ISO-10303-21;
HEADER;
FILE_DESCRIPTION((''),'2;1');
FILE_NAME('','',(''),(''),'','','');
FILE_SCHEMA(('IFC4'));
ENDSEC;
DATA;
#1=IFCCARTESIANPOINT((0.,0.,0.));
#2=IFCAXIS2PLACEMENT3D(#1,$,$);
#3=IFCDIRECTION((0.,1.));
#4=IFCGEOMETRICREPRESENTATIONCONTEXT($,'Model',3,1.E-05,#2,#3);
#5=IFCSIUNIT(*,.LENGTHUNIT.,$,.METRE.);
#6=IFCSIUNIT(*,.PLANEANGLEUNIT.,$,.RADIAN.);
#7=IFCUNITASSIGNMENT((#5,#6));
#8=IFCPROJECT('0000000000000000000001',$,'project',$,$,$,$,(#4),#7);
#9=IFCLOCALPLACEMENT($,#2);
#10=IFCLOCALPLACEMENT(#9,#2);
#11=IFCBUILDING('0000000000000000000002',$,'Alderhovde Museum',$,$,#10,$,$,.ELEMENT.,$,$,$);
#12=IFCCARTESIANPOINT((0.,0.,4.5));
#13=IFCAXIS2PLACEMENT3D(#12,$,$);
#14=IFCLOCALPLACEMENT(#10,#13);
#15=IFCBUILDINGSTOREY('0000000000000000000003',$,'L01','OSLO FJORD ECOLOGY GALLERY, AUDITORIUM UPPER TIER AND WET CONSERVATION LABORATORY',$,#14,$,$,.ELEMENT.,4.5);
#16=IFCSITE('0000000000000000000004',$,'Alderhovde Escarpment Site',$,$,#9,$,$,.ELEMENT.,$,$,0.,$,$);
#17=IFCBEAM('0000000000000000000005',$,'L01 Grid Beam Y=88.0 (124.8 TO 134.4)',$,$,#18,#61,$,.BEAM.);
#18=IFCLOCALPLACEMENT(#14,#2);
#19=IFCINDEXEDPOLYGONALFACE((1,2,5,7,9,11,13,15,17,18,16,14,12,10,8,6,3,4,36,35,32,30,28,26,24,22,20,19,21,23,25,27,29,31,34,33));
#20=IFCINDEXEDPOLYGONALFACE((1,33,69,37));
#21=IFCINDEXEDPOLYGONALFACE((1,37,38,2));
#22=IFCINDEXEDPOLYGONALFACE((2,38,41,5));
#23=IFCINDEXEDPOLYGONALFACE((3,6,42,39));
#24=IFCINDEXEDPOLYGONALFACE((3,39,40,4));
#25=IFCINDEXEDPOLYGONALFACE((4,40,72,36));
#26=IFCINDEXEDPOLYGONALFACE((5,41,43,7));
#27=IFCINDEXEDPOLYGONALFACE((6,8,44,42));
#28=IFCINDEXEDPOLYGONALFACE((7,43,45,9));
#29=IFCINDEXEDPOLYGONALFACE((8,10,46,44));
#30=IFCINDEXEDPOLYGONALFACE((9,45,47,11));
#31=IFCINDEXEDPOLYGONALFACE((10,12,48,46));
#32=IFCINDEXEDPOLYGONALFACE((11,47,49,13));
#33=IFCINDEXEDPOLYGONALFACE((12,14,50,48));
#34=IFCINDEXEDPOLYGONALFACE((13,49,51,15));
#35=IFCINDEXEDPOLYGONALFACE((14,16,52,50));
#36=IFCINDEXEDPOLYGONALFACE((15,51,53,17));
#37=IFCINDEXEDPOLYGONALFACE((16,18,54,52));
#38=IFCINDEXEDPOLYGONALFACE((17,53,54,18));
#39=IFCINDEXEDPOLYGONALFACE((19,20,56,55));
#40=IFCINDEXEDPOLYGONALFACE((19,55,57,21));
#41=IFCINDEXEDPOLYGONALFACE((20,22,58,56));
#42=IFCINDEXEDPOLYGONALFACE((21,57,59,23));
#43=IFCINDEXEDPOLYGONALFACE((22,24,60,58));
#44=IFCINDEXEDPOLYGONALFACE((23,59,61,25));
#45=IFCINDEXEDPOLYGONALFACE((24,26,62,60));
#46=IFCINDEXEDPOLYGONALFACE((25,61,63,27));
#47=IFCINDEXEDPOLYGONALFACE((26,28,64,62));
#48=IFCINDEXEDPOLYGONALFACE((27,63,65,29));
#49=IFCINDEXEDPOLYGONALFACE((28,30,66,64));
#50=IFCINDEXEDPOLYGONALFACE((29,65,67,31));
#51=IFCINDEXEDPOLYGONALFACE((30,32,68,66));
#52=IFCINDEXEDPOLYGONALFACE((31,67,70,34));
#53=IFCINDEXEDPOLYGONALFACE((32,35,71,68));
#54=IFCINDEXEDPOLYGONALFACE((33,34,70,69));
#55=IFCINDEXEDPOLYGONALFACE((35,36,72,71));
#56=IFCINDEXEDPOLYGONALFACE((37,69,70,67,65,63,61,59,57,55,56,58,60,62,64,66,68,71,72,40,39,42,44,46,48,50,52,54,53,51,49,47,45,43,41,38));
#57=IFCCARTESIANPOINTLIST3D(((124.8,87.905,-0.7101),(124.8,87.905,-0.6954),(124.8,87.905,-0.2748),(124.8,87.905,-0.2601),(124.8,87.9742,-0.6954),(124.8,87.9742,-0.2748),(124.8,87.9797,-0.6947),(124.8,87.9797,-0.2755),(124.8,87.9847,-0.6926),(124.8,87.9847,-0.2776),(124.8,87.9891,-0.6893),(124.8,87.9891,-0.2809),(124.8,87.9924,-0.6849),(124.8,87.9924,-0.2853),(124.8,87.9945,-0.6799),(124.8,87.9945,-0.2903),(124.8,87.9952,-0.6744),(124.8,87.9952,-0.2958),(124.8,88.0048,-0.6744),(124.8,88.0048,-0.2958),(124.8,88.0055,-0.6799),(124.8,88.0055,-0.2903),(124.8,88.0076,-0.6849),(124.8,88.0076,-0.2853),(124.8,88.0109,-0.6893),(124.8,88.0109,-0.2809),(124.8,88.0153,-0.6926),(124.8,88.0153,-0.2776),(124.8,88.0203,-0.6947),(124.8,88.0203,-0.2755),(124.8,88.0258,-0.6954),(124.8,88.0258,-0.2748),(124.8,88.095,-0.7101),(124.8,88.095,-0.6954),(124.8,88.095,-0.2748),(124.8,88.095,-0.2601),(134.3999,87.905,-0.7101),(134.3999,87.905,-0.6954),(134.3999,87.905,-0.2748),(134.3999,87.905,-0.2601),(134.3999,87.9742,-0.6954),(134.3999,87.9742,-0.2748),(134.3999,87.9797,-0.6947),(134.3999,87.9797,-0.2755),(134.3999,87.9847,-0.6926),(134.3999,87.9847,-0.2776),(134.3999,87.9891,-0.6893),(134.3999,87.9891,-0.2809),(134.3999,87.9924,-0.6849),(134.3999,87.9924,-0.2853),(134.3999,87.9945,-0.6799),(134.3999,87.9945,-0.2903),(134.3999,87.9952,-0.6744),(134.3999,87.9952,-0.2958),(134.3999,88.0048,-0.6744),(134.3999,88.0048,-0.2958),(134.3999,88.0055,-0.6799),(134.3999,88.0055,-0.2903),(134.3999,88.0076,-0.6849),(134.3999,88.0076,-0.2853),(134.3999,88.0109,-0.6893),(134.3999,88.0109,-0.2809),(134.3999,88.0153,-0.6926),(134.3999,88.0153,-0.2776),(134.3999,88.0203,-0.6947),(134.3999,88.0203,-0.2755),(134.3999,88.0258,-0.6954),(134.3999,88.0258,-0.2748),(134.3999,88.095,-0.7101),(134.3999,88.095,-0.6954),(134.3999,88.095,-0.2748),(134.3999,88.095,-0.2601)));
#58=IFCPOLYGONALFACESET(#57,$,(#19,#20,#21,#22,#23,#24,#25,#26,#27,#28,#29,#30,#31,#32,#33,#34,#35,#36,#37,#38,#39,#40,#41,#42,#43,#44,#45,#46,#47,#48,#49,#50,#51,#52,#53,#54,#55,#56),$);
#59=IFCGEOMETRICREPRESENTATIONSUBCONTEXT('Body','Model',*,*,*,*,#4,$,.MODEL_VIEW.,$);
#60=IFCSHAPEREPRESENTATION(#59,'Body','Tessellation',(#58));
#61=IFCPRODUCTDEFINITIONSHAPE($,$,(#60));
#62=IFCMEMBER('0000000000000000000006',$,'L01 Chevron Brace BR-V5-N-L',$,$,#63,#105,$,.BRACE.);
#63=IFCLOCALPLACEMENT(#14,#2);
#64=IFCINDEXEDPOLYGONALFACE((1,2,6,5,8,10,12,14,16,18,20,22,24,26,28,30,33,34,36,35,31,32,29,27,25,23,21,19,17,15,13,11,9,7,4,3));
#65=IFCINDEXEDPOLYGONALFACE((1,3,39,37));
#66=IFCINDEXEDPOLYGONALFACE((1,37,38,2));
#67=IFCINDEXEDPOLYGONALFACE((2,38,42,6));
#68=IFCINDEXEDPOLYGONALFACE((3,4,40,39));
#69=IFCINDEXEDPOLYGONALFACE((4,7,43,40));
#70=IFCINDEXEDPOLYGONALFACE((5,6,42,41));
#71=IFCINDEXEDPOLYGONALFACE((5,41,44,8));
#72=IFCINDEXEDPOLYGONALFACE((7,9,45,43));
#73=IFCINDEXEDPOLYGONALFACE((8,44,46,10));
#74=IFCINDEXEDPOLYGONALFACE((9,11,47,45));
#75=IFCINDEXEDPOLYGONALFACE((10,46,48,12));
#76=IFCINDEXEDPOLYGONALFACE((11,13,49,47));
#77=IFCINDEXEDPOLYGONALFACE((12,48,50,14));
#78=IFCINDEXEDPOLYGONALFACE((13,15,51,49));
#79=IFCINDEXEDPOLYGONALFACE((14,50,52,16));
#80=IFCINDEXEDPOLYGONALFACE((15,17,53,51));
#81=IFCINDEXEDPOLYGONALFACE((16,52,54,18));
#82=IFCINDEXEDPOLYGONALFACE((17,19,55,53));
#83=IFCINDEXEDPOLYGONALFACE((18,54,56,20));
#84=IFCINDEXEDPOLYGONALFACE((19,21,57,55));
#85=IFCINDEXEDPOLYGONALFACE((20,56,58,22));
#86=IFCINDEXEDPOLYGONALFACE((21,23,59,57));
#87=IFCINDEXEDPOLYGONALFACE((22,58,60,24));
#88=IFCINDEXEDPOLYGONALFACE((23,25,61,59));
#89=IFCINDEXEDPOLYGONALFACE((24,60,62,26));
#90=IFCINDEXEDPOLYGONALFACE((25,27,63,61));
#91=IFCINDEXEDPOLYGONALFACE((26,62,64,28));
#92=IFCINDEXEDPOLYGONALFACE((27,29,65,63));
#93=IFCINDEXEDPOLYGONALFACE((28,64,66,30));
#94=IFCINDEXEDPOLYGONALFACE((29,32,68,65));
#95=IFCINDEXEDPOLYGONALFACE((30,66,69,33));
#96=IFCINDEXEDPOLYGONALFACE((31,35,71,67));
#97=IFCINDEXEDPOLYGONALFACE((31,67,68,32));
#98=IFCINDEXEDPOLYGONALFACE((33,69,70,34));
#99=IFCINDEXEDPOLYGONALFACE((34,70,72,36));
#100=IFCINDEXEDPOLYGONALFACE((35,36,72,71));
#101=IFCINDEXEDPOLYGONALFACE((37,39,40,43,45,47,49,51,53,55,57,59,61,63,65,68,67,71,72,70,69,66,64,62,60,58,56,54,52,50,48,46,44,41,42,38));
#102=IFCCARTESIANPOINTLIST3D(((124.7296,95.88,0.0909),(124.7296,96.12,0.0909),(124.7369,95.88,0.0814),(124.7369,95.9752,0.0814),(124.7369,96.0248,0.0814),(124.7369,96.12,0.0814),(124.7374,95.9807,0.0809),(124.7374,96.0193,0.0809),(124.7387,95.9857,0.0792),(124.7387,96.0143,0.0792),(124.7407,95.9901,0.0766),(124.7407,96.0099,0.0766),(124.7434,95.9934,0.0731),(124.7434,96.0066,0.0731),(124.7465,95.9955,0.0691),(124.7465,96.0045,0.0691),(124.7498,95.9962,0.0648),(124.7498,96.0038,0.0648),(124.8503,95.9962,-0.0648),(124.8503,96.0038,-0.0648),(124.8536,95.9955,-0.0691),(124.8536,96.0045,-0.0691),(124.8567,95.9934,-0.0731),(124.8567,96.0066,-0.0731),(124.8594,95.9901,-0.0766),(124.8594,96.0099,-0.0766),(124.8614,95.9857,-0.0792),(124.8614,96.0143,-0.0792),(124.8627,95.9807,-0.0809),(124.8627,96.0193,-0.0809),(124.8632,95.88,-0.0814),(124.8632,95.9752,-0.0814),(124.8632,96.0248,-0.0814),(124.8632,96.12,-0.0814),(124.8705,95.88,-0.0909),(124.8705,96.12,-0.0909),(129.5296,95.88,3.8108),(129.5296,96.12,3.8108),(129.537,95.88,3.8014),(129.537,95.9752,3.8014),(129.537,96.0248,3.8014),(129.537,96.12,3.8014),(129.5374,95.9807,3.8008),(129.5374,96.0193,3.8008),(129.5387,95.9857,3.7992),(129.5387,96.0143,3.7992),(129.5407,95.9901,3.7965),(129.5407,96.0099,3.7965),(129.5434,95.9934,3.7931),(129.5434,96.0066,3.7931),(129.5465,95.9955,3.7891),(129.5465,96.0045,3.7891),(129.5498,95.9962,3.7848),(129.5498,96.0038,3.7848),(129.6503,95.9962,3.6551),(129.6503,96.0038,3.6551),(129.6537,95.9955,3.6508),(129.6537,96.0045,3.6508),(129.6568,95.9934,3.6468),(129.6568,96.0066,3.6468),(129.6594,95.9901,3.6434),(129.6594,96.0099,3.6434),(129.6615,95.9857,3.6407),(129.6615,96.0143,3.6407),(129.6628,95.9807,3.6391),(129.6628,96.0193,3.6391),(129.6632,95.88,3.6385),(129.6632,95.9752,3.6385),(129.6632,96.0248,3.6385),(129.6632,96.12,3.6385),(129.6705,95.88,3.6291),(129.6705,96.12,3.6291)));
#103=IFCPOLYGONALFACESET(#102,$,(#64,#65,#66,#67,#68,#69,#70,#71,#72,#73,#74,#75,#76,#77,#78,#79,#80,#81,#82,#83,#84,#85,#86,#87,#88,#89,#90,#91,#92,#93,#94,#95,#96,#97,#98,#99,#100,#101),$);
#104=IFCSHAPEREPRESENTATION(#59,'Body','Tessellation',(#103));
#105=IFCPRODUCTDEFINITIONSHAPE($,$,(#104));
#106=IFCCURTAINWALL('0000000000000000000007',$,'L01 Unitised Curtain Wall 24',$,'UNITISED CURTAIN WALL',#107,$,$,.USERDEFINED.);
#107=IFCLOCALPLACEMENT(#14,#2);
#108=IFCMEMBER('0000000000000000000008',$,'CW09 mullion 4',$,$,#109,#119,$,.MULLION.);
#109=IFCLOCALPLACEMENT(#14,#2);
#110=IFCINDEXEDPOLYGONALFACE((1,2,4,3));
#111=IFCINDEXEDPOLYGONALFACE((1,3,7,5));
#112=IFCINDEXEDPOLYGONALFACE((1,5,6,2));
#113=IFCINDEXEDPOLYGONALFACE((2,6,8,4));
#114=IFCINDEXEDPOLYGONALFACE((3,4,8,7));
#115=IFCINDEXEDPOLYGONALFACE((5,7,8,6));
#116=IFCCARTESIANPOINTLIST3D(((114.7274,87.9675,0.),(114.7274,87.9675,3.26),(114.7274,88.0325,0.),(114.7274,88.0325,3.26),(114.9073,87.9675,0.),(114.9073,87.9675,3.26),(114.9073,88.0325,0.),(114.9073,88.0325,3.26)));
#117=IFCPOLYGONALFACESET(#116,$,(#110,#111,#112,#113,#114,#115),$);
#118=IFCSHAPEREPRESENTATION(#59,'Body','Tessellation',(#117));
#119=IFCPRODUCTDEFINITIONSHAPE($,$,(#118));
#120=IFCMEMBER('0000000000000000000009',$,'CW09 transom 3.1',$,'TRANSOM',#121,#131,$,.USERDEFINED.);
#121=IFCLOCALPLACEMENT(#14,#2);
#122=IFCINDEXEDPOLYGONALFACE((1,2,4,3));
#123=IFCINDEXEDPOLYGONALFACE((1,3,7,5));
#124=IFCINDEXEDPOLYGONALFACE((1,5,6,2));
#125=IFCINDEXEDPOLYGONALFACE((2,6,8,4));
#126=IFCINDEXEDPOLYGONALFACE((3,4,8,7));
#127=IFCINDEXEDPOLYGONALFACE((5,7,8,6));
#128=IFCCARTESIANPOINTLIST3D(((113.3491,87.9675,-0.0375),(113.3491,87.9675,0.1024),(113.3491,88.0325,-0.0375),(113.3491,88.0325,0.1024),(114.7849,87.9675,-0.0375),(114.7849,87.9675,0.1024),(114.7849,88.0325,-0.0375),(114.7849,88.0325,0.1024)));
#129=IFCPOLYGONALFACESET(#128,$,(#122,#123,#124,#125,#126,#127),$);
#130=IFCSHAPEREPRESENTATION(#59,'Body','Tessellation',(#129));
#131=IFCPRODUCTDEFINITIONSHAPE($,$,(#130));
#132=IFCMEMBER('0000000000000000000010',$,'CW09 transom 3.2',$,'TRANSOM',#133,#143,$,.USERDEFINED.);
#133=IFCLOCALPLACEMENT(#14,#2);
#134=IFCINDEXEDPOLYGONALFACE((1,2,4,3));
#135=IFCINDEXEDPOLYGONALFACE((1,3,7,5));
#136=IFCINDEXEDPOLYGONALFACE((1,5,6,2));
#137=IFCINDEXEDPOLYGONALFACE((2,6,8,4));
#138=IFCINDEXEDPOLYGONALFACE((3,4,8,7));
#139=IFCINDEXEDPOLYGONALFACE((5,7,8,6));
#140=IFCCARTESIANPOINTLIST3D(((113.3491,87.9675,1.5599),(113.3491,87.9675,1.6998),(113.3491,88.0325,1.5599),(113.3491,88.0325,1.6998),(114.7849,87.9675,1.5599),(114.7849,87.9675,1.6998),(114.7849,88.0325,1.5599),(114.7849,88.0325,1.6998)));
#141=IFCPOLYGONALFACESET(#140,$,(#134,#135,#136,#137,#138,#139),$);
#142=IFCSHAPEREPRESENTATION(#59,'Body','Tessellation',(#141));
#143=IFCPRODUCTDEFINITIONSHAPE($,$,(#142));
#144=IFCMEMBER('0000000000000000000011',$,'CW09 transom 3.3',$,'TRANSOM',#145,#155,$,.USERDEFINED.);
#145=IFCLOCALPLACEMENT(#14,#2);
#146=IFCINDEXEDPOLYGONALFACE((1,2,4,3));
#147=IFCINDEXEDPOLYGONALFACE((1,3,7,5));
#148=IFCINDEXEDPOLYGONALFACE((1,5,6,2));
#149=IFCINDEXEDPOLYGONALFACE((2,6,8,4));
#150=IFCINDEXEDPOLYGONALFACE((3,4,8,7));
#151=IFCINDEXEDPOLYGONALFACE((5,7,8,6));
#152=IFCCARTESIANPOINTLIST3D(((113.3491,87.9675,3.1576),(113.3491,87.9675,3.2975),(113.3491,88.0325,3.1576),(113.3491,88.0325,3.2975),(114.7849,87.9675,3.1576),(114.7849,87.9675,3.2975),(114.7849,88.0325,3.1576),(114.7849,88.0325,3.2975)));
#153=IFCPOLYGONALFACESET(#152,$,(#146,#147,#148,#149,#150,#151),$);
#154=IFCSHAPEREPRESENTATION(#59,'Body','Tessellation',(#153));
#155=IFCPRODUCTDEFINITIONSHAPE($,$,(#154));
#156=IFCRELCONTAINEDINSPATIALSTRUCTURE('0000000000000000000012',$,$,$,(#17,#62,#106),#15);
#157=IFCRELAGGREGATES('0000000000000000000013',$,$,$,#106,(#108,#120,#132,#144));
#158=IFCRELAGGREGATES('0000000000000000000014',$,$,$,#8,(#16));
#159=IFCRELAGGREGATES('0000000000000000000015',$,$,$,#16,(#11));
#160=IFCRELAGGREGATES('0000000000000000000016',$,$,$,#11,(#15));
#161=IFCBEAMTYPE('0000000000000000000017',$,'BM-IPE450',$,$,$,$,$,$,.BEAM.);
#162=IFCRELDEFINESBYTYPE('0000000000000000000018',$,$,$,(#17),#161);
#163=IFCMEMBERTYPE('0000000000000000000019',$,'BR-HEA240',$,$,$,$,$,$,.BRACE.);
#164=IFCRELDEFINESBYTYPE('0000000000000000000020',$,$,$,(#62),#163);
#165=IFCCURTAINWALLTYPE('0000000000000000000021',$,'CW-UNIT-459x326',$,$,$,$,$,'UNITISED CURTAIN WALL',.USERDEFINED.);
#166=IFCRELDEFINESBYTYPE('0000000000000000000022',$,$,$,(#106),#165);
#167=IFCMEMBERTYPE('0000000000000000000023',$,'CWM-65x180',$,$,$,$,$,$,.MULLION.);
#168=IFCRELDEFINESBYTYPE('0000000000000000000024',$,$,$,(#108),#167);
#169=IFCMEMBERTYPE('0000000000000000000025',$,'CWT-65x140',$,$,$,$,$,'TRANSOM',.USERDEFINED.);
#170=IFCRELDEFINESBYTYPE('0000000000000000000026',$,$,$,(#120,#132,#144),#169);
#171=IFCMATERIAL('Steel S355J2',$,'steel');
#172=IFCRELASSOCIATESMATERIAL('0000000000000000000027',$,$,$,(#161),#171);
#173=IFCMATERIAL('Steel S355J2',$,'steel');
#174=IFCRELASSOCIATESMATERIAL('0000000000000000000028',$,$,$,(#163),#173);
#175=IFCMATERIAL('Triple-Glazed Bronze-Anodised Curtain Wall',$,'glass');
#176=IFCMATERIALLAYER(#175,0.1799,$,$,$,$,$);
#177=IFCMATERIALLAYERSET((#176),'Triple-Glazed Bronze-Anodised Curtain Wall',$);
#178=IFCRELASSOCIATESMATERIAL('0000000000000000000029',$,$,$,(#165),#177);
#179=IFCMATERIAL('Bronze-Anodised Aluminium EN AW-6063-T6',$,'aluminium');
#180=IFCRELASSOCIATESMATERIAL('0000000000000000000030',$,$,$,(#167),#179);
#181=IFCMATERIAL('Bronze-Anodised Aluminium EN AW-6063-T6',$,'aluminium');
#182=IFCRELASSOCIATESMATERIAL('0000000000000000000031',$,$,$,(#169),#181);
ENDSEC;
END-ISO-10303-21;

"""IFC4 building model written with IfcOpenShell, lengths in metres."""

from ifc_helpers import new_model, si_unit, direction, frame, origin, origin_2d, place, context, subcontext, project, spatial, rectangle, i_section, extrude, material, layer, layer_set, material_profile, profile_set, type_object, element, aggregate, save


model = new_model("IFC4")

# Units and contexts
model_context = context("Model", 3, precision=1e-05, world=origin(), true_north=direction((0.0, 1.0)))
body_context = subcontext(model_context, "Body", "Model", "MODEL_VIEW")
ifc_project = project(units=[si_unit("LENGTHUNIT", "METRE"), si_unit("PLANEANGLEUNIT", "RADIAN")], contexts=[model_context])

# Site, building, storey
site_placement = place(None, origin())
site = spatial("IfcSite", under=ifc_project, at=site_placement, Name="Alderhovde Escarpment Site", CompositionType="ELEMENT", RefElevation=0.0)
building_placement = place(site_placement, origin())
building = spatial("IfcBuilding", under=site, at=building_placement, Name="Alderhovde Museum", CompositionType="ELEMENT")
storey_placement = place(building_placement, frame((0.0, 0.0, 4.5)))
storey = spatial("IfcBuildingStorey", under=building, at=storey_placement, Name="L01", Description="OSLO FJORD ECOLOGY GALLERY, AUDITORIUM UPPER TIER AND WET CONSERVATION LABORATORY", CompositionType="ELEMENT", Elevation=4.5)

# Beam
ifc_material_1 = material(Name="Steel S355J2", Category="steel")
ifc_material_profile_1 = material_profile(ifc_material_1, i_section(OverallWidth=0.1899, OverallDepth=0.45, WebThickness=0.0095, FlangeThickness=0.0146, FilletRadius=0.021, at=origin_2d()), Name="IPE 450")
ifc_profile_set_1 = profile_set([ifc_material_profile_1], Name="Steel S355J2")
beam_type_1 = type_object("IfcBeamType", Name="BM-IPE450", PredefinedType="BEAM", material=ifc_profile_set_1)
beam_1_placement = place(storey_placement, frame((124.8, 88.0, -0.4851), z_axis=(1.0, 0.0, 0.0), x_axis=(0.0, 1.0, 0.0)))
element("IfcBeam", 1, at=beam_1_placement, inside=storey, type_object=beam_type_1, Name="L01 Grid Beam Y=88.0 (124.8 TO 134.4)", PredefinedType="BEAM", context=body_context, shape_type="SweptSolid", body=[
    extrude(i_section(OverallWidth=0.1899, OverallDepth=0.45, WebThickness=0.0095, FlangeThickness=0.0146, FilletRadius=0.021, at=origin_2d()), origin(), (0.0, 0.0, 1.0), 9.5999),
])

# Member
ifc_material_2 = material(Name="Steel S355J2", Category="steel")
ifc_material_profile_2 = material_profile(ifc_material_2, i_section(OverallWidth=0.24, OverallDepth=0.23, WebThickness=0.0076, FlangeThickness=0.012, FilletRadius=0.021, at=origin_2d()), Name="HEA 240")
ifc_profile_set_2 = profile_set([ifc_material_profile_2], Name="Steel S355J2")
member_type_1 = type_object("IfcMemberType", Name="BR-HEA240", PredefinedType="BRACE", material=ifc_profile_set_2)
member_1_placement = place(storey_placement, frame((124.8, 96.0, 0.0), z_axis=(0.79042, 0.0, 0.612565), x_axis=(0.0, 1.0, 0.0)))
element("IfcMember", 2, at=member_1_placement, inside=storey, type_object=member_type_1, Name="L01 Chevron Brace BR-V5-N-L", PredefinedType="BRACE", context=body_context, shape_type="SweptSolid", body=[
    extrude(i_section(OverallWidth=0.24, OverallDepth=0.23, WebThickness=0.0076, FlangeThickness=0.012, FilletRadius=0.021, at=origin_2d()), origin(), (0.0, 0.0, 1.0), 6.0728),
])

# Curtain wall, members
ifc_material_3 = material(Name="Triple-Glazed Bronze-Anodised Curtain Wall", Category="glass")
ifc_layer_1 = layer(ifc_material_3, 0.1799)
ifc_layer_set_1 = layer_set([ifc_layer_1], Name="Triple-Glazed Bronze-Anodised Curtain Wall")
curtain_wall_type = type_object("IfcCurtainWallType", Name="CW-UNIT-459x326", ElementType="UNITISED CURTAIN WALL", PredefinedType="USERDEFINED", material=ifc_layer_set_1)
curtain_wall_placement = place(storey_placement, origin())
curtain_wall = element("IfcCurtainWall", 3, at=curtain_wall_placement, inside=storey, type_object=curtain_wall_type, Name="L01 Unitised Curtain Wall 24", ObjectType="UNITISED CURTAIN WALL", PredefinedType="USERDEFINED")
ifc_material_4 = material(Name="Bronze-Anodised Aluminium EN AW-6063-T6", Category="aluminium")
ifc_material_profile_3 = material_profile(ifc_material_4, rectangle(XDim=0.0649, YDim=0.1799, at=origin_2d()), Name="MULLION 65x180")
ifc_profile_set_3 = profile_set([ifc_material_profile_3], Name="Bronze-Anodised Aluminium EN AW-6063-T6")
member_type_2 = type_object("IfcMemberType", Name="CWM-65x180", PredefinedType="MULLION", material=ifc_profile_set_3)
member_2_placement = place(storey_placement, frame((114.8174, 88.0, 0.0), z_axis=(0.0, 0.0, 1.0), x_axis=(0.0, 1.0, 0.0)))
member_2 = element("IfcMember", 4, at=member_2_placement, type_object=member_type_2, Name="CW09 mullion 4", PredefinedType="MULLION", context=body_context, shape_type="SweptSolid", body=[
    extrude(rectangle(XDim=0.0649, YDim=0.1799, at=origin_2d()), origin(), (0.0, 0.0, 1.0), 3.26),
])
ifc_material_5 = material(Name="Bronze-Anodised Aluminium EN AW-6063-T6", Category="aluminium")
ifc_material_profile_4 = material_profile(ifc_material_5, rectangle(XDim=0.0649, YDim=0.1399, at=origin_2d()), Name="TRANSOM 65x140")
ifc_profile_set_4 = profile_set([ifc_material_profile_4], Name="Bronze-Anodised Aluminium EN AW-6063-T6")
member_type_3 = type_object("IfcMemberType", Name="CWT-65x140", ElementType="TRANSOM", PredefinedType="USERDEFINED", material=ifc_profile_set_4)
member_3_placement = place(storey_placement, frame((113.3491, 88.0, 0.0325), z_axis=(1.0, 0.0, 0.0), x_axis=(0.0, 1.0, 0.0)))
member_3 = element("IfcMember", 5, at=member_3_placement, type_object=member_type_3, Name="CW09 transom 3.1", ObjectType="TRANSOM", PredefinedType="USERDEFINED", context=body_context, shape_type="SweptSolid", body=[
    extrude(rectangle(XDim=0.0649, YDim=0.1399, at=origin_2d()), origin(), (0.0, 0.0, 1.0), 1.4358),
])
member_4_placement = place(storey_placement, frame((113.3491, 88.0, 1.6299), z_axis=(1.0, 0.0, 0.0), x_axis=(0.0, 1.0, 0.0)))
member_4 = element("IfcMember", 6, at=member_4_placement, type_object=member_type_3, Name="CW09 transom 3.2", ObjectType="TRANSOM", PredefinedType="USERDEFINED", context=body_context, shape_type="SweptSolid", body=[
    extrude(rectangle(XDim=0.0649, YDim=0.1399, at=origin_2d()), origin(), (0.0, 0.0, 1.0), 1.4358),
])
member_5_placement = place(storey_placement, frame((113.3491, 88.0, 3.2275), z_axis=(1.0, 0.0, 0.0), x_axis=(0.0, 1.0, 0.0)))
member_5 = element("IfcMember", 7, at=member_5_placement, type_object=member_type_3, Name="CW09 transom 3.3", ObjectType="TRANSOM", PredefinedType="USERDEFINED", context=body_context, shape_type="SweptSolid", body=[
    extrude(rectangle(XDim=0.0649, YDim=0.1399, at=origin_2d()), origin(), (0.0, 0.0, 1.0), 1.4358),
])

aggregate(curtain_wall, [member_2, member_3, member_4, member_5])

save(model, "model.ifc")
